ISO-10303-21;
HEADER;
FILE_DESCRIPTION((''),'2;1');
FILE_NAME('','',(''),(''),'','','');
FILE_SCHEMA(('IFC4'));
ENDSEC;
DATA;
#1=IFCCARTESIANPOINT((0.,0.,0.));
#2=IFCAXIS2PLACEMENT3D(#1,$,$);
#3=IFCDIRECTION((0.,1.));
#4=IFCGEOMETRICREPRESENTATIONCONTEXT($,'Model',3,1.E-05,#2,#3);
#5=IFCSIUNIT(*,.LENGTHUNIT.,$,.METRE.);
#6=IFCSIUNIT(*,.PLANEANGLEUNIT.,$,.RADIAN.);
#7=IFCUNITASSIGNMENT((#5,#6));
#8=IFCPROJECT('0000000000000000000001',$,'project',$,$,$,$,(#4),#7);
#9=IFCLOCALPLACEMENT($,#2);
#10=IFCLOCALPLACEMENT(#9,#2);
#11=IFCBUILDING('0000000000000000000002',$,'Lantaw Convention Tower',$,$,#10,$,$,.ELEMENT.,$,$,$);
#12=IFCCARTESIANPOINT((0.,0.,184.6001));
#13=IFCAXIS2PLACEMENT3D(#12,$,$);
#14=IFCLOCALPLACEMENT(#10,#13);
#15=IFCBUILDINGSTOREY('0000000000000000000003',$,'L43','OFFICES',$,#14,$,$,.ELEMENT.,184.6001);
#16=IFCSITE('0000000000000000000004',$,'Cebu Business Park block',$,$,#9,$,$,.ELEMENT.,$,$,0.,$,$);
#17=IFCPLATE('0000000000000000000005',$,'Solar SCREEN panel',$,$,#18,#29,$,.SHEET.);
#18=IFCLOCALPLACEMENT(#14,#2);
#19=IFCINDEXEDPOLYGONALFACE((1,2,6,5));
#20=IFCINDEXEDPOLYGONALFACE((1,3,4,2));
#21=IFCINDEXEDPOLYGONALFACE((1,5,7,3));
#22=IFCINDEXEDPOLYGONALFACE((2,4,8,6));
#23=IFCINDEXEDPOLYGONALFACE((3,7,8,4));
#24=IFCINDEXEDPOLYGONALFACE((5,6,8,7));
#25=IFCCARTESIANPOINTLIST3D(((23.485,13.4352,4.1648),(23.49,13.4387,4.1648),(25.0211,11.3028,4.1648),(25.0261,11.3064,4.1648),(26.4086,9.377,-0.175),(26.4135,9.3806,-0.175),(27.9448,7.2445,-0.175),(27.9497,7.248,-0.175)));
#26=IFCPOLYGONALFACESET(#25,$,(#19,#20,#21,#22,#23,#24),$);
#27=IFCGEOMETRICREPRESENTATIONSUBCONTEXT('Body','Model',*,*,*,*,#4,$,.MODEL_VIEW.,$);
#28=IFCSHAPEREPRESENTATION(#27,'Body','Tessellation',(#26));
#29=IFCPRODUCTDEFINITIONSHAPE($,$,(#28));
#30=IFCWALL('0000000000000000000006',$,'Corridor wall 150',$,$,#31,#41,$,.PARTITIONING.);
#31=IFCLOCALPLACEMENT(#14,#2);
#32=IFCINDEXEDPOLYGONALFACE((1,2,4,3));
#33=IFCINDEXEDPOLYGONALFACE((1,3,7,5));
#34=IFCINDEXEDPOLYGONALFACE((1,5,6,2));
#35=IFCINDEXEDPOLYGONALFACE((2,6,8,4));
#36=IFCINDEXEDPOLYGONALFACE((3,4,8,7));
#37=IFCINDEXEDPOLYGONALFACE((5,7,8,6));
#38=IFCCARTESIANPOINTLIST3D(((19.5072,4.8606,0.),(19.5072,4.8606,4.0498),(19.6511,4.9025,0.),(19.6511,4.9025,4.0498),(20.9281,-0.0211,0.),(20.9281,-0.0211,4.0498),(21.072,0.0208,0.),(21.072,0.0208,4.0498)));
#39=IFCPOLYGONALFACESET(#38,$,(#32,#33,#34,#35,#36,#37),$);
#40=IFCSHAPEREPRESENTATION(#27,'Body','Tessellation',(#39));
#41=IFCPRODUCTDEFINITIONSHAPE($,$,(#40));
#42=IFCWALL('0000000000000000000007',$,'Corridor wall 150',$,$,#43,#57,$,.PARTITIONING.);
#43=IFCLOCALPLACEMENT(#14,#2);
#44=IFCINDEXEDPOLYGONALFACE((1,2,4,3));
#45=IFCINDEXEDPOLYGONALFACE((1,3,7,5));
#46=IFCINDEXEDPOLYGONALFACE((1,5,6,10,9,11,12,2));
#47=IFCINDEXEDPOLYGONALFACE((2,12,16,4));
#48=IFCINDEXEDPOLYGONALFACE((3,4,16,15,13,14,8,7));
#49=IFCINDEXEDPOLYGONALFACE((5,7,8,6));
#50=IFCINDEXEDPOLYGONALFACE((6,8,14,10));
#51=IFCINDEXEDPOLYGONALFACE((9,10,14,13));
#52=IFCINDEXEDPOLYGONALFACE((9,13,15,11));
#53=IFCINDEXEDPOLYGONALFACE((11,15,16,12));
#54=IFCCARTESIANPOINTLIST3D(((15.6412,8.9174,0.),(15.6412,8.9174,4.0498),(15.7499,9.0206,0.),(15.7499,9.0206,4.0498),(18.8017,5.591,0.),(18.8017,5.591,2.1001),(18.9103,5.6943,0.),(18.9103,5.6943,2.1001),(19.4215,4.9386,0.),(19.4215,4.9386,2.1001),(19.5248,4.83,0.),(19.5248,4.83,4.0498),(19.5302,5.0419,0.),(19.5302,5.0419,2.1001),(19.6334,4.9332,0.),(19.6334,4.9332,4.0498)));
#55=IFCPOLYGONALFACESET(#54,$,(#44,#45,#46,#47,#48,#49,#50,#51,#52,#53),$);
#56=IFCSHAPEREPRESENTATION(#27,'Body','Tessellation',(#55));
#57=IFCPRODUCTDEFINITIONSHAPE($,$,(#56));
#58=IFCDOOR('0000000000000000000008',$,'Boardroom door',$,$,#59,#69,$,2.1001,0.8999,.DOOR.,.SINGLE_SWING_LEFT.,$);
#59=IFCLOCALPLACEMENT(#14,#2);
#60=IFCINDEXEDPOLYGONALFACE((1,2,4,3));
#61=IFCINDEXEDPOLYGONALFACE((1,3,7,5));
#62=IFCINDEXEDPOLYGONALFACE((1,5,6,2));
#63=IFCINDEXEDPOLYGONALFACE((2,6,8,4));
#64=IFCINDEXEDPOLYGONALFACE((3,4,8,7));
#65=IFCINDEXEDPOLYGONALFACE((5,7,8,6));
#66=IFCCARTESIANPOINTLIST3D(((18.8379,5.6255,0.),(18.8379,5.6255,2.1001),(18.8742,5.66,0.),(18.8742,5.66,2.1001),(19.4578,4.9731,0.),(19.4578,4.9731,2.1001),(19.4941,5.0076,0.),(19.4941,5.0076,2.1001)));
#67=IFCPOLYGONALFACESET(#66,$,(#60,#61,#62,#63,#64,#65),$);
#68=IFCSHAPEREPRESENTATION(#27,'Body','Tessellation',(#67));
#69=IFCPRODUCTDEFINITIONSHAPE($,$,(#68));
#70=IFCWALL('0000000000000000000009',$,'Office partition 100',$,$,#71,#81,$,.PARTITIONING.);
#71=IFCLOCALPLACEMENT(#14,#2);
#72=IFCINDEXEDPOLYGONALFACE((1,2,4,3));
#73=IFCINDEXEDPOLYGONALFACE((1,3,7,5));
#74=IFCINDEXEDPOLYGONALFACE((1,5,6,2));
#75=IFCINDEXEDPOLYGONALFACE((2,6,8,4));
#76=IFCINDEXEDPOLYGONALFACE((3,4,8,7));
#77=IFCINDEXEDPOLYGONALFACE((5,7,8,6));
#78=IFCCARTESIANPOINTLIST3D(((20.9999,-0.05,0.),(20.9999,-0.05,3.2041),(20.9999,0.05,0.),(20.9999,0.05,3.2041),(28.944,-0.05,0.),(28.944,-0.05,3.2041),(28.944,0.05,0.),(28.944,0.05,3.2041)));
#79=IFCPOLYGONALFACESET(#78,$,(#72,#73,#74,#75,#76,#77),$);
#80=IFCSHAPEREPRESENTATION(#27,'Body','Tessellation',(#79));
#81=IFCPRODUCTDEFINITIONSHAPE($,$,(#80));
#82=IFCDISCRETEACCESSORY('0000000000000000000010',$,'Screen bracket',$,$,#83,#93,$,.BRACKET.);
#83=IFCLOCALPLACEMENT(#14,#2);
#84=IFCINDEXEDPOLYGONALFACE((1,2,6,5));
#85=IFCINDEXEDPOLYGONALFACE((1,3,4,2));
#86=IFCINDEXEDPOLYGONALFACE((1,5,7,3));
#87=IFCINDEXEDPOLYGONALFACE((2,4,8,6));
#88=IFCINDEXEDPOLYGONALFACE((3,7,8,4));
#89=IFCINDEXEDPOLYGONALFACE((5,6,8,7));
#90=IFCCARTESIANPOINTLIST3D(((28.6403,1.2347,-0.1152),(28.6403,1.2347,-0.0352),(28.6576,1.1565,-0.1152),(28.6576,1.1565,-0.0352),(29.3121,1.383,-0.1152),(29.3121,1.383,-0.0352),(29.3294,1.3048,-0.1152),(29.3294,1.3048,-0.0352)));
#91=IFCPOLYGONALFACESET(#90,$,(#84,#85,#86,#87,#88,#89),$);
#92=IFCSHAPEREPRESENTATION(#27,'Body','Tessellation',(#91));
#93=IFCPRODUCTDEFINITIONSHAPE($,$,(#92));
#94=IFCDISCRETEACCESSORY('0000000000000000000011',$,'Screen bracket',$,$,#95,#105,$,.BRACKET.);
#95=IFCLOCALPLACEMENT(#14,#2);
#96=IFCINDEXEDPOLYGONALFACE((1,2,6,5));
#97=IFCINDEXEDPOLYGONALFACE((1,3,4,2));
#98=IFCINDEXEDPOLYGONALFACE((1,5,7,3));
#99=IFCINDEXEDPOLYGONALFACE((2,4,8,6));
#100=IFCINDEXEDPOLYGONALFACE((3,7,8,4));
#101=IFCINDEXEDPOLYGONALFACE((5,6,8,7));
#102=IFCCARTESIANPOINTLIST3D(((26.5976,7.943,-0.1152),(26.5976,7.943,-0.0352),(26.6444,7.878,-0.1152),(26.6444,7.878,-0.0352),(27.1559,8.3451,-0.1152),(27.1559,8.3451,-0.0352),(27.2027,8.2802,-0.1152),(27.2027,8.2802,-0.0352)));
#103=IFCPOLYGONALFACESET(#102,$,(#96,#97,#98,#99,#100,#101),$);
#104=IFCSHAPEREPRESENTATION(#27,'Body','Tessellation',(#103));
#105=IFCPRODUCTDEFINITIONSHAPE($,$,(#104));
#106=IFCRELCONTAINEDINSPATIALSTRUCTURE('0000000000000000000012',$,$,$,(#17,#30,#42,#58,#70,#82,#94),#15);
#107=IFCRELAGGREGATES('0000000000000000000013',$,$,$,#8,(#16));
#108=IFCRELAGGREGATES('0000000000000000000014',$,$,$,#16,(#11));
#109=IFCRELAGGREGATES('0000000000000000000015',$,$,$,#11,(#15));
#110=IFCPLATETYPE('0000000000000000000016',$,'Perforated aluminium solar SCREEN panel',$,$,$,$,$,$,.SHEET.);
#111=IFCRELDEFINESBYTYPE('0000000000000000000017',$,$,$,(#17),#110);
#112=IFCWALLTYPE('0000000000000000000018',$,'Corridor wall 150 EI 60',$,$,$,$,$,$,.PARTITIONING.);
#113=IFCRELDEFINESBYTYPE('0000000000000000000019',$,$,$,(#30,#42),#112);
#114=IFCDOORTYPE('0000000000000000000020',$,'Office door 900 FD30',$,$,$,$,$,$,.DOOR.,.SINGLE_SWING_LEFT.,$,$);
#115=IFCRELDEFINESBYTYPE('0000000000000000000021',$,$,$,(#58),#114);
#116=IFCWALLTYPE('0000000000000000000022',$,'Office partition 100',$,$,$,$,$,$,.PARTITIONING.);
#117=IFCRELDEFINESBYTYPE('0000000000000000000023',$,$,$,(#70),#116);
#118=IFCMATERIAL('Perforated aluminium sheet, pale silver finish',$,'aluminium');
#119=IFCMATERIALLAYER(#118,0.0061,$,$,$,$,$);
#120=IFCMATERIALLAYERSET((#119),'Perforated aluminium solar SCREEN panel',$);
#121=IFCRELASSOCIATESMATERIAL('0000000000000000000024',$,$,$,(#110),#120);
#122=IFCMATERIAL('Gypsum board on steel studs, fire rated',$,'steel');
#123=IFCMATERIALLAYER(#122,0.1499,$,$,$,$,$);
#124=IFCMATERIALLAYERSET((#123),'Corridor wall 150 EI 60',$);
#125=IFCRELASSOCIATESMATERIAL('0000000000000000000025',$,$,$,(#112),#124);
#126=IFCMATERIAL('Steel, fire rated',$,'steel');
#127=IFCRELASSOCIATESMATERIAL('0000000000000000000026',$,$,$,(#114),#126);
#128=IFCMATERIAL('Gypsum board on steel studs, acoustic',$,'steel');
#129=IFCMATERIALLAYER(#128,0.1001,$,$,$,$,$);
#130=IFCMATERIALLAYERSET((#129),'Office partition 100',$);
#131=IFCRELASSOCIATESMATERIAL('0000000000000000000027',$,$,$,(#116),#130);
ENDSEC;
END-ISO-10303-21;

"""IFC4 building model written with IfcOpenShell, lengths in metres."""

from ifc_helpers import new_model, si_unit, direction, frame, frame_2d, origin, origin_2d, place, context, subcontext, project, spatial, polyline, rectangle, outline, extrude, material, layer, layer_set, type_object, element, fill, save


model = new_model("IFC4")

# Units and contexts
model_context = context("Model", 3, precision=1e-05, world=origin(), true_north=direction((0.0, 1.0)))
body_context = subcontext(model_context, "Body", "Model", "MODEL_VIEW")
ifc_project = project(units=[si_unit("LENGTHUNIT", "METRE"), si_unit("PLANEANGLEUNIT", "RADIAN")], contexts=[model_context])

# Site, building, storey
site_placement = place(None, origin())
site = spatial("IfcSite", under=ifc_project, at=site_placement, Name="Cebu Business Park block", CompositionType="ELEMENT", RefElevation=0.0)
building_placement = place(site_placement, origin())
building = spatial("IfcBuilding", under=site, at=building_placement, Name="Lantaw Convention Tower", CompositionType="ELEMENT")
storey_placement = place(building_placement, frame((0.0, 0.0, 184.6001)))
storey = spatial("IfcBuildingStorey", under=building, at=storey_placement, Name="L43", Description="OFFICES", CompositionType="ELEMENT", Elevation=184.6001)

# Plate
ifc_material_1 = material(Name="Perforated aluminium sheet, pale silver finish", Category="aluminium")
ifc_layer_1 = layer(ifc_material_1, 0.0061)
ifc_layer_set_1 = layer_set([ifc_layer_1], Name="Perforated aluminium solar SCREEN panel")
plate_type_1 = type_object("IfcPlateType", Name="Perforated aluminium solar SCREEN panel", PredefinedType="SHEET", material=ifc_layer_set_1)
plate_1_placement = place(storey_placement, frame((27.9497, 7.248, -0.175), z_axis=(0.811395, 0.584498, 0.000036), x_axis=(-0.584498, 0.811395, 0.0)))
element("IfcPlate", 1, at=plate_1_placement, inside=storey, type_object=plate_type_1, Name="Solar SCREEN panel", PredefinedType="SHEET", context=body_context, shape_type="SweptSolid", body=[
    extrude(outline(polyline([(0.0, 0.0), (2.6282, 0.0), (7.6298, 4.3398), (5.0018, 4.3398), (0.0, 0.0)])), origin(), (0.0, 0.0, -1.0), 0.0061),
])

# Wall
ifc_material_2 = material(Name="Gypsum board on steel studs, fire rated", Category="steel")
ifc_layer_2 = layer(ifc_material_2, 0.1499)
ifc_layer_set_2 = layer_set([ifc_layer_2], Name="Corridor wall 150 EI 60")
wall_type_1 = type_object("IfcWallType", Name="Corridor wall 150 EI 60", PredefinedType="PARTITIONING", material=ifc_layer_set_2)
wall_1_placement = place(storey_placement, frame((21.0, 0.0, 0.0), z_axis=(0.0, 0.0, 1.0), x_axis=(-0.279474, 0.960153, 0.0)))
element("IfcWall", 2, at=wall_1_placement, inside=storey, type_object=wall_type_1, Name="Corridor wall 150", PredefinedType="PARTITIONING", context=body_context, shape_type="SweptSolid", body=[
    extrude(rectangle(XDim=5.0842, YDim=0.1499, at=frame_2d((2.542, 0.0))), origin(), (0.0, 0.0, 1.0), 4.0498),
])

# Wall, opening, door
wall_2_placement = place(storey_placement, frame((19.5791, 4.8816, 0.0), z_axis=(0.0, 0.0, 1.0), x_axis=(-0.688797, 0.724954, 0.0)))
wall_2 = element("IfcWall", 3, at=wall_2_placement, inside=storey, type_object=wall_type_1, Name="Corridor wall 150", PredefinedType="PARTITIONING", context=body_context, shape_type="SweptSolid", body=[
    extrude(rectangle(XDim=5.6382, YDim=0.1499, at=frame_2d((2.8191, 0.0))), origin(), (0.0, 0.0, 1.0), 4.0498),
])
opening_placement = place(wall_2_placement, frame((0.1499, 0.0, 0.0)))
opening = element("IfcOpeningElement", 4, at=opening_placement, cuts=wall_2, PredefinedType="OPENING", context=body_context, shape_type="SweptSolid", body=[
    extrude(rectangle(XDim=0.8999, YDim=2.1001, at=frame_2d((0.45, 1.05))), frame((0.0, 0.085, 0.0), z_axis=(0.0, -1.0, 0.0), x_axis=(1.0, 0.0, 0.0)), (0.0, 0.0, 1.0), 0.1699),
])
ifc_material_3 = material(Name="Steel, fire rated", Category="steel")
door_type = type_object("IfcDoorType", Name="Office door 900 FD30", OperationType="SINGLE_SWING_LEFT", PredefinedType="DOOR", material=ifc_material_3)
door_placement = place(opening_placement, origin())
door = element("IfcDoor", 5, at=door_placement, inside=storey, type_object=door_type, Name="Boardroom door", OperationType="SINGLE_SWING_LEFT", OverallHeight=2.1001, OverallWidth=0.8999, PredefinedType="DOOR", context=body_context, shape_type="SweptSolid", body=[
    extrude(rectangle(XDim=0.8999, YDim=2.1001, at=frame_2d((0.45, 1.05))), frame((0.0, 0.0249, 0.0), z_axis=(0.0, -1.0, 0.0), x_axis=(1.0, 0.0, 0.0)), (0.0, 0.0, 1.0), 0.05),
])
fill(opening, door)

# Wall
ifc_material_4 = material(Name="Gypsum board on steel studs, acoustic", Category="steel")
ifc_layer_3 = layer(ifc_material_4, 0.1001)
ifc_layer_set_3 = layer_set([ifc_layer_3], Name="Office partition 100")
wall_type_2 = type_object("IfcWallType", Name="Office partition 100", PredefinedType="PARTITIONING", material=ifc_layer_set_3)
wall_3_placement = place(storey_placement, frame((28.9441, 0.0, 0.0), z_axis=(0.0, 0.0, 1.0), x_axis=(-1.0, 0.0, 0.0)))
element("IfcWall", 6, at=wall_3_placement, inside=storey, type_object=wall_type_2, Name="Office partition 100", PredefinedType="PARTITIONING", context=body_context, shape_type="SweptSolid", body=[
    extrude(rectangle(XDim=7.9441, YDim=0.1001, at=frame_2d((3.9722, 0.0))), origin(), (0.0, 0.0, 1.0), 3.2041),
])

# Discrete accessories
for number, where, z_axis, x_axis, name in (
    (7, (28.9849, 1.2698, -0.1152), (0.0, 0.0, 1.0), (-0.215546, 0.976494, 0.0), "Screen bracket"),
    (8, (26.9001, 8.1116, -0.1152), (0.0, 0.0, 1.0), (-0.584513, 0.811385, 0.0), "Screen bracket"),
):
    element("IfcDiscreteAccessory", number, at=place(storey_placement, frame(where, z_axis=z_axis, x_axis=x_axis)), inside=storey, Name=name, PredefinedType="BRACKET", context=body_context, shape_type="SweptSolid", body=[
        extrude(rectangle(XDim=0.0801, YDim=0.688, at=origin_2d()), origin(), (0.0, 0.0, 1.0), 0.0801),
    ])

save(model, "model.ifc")
